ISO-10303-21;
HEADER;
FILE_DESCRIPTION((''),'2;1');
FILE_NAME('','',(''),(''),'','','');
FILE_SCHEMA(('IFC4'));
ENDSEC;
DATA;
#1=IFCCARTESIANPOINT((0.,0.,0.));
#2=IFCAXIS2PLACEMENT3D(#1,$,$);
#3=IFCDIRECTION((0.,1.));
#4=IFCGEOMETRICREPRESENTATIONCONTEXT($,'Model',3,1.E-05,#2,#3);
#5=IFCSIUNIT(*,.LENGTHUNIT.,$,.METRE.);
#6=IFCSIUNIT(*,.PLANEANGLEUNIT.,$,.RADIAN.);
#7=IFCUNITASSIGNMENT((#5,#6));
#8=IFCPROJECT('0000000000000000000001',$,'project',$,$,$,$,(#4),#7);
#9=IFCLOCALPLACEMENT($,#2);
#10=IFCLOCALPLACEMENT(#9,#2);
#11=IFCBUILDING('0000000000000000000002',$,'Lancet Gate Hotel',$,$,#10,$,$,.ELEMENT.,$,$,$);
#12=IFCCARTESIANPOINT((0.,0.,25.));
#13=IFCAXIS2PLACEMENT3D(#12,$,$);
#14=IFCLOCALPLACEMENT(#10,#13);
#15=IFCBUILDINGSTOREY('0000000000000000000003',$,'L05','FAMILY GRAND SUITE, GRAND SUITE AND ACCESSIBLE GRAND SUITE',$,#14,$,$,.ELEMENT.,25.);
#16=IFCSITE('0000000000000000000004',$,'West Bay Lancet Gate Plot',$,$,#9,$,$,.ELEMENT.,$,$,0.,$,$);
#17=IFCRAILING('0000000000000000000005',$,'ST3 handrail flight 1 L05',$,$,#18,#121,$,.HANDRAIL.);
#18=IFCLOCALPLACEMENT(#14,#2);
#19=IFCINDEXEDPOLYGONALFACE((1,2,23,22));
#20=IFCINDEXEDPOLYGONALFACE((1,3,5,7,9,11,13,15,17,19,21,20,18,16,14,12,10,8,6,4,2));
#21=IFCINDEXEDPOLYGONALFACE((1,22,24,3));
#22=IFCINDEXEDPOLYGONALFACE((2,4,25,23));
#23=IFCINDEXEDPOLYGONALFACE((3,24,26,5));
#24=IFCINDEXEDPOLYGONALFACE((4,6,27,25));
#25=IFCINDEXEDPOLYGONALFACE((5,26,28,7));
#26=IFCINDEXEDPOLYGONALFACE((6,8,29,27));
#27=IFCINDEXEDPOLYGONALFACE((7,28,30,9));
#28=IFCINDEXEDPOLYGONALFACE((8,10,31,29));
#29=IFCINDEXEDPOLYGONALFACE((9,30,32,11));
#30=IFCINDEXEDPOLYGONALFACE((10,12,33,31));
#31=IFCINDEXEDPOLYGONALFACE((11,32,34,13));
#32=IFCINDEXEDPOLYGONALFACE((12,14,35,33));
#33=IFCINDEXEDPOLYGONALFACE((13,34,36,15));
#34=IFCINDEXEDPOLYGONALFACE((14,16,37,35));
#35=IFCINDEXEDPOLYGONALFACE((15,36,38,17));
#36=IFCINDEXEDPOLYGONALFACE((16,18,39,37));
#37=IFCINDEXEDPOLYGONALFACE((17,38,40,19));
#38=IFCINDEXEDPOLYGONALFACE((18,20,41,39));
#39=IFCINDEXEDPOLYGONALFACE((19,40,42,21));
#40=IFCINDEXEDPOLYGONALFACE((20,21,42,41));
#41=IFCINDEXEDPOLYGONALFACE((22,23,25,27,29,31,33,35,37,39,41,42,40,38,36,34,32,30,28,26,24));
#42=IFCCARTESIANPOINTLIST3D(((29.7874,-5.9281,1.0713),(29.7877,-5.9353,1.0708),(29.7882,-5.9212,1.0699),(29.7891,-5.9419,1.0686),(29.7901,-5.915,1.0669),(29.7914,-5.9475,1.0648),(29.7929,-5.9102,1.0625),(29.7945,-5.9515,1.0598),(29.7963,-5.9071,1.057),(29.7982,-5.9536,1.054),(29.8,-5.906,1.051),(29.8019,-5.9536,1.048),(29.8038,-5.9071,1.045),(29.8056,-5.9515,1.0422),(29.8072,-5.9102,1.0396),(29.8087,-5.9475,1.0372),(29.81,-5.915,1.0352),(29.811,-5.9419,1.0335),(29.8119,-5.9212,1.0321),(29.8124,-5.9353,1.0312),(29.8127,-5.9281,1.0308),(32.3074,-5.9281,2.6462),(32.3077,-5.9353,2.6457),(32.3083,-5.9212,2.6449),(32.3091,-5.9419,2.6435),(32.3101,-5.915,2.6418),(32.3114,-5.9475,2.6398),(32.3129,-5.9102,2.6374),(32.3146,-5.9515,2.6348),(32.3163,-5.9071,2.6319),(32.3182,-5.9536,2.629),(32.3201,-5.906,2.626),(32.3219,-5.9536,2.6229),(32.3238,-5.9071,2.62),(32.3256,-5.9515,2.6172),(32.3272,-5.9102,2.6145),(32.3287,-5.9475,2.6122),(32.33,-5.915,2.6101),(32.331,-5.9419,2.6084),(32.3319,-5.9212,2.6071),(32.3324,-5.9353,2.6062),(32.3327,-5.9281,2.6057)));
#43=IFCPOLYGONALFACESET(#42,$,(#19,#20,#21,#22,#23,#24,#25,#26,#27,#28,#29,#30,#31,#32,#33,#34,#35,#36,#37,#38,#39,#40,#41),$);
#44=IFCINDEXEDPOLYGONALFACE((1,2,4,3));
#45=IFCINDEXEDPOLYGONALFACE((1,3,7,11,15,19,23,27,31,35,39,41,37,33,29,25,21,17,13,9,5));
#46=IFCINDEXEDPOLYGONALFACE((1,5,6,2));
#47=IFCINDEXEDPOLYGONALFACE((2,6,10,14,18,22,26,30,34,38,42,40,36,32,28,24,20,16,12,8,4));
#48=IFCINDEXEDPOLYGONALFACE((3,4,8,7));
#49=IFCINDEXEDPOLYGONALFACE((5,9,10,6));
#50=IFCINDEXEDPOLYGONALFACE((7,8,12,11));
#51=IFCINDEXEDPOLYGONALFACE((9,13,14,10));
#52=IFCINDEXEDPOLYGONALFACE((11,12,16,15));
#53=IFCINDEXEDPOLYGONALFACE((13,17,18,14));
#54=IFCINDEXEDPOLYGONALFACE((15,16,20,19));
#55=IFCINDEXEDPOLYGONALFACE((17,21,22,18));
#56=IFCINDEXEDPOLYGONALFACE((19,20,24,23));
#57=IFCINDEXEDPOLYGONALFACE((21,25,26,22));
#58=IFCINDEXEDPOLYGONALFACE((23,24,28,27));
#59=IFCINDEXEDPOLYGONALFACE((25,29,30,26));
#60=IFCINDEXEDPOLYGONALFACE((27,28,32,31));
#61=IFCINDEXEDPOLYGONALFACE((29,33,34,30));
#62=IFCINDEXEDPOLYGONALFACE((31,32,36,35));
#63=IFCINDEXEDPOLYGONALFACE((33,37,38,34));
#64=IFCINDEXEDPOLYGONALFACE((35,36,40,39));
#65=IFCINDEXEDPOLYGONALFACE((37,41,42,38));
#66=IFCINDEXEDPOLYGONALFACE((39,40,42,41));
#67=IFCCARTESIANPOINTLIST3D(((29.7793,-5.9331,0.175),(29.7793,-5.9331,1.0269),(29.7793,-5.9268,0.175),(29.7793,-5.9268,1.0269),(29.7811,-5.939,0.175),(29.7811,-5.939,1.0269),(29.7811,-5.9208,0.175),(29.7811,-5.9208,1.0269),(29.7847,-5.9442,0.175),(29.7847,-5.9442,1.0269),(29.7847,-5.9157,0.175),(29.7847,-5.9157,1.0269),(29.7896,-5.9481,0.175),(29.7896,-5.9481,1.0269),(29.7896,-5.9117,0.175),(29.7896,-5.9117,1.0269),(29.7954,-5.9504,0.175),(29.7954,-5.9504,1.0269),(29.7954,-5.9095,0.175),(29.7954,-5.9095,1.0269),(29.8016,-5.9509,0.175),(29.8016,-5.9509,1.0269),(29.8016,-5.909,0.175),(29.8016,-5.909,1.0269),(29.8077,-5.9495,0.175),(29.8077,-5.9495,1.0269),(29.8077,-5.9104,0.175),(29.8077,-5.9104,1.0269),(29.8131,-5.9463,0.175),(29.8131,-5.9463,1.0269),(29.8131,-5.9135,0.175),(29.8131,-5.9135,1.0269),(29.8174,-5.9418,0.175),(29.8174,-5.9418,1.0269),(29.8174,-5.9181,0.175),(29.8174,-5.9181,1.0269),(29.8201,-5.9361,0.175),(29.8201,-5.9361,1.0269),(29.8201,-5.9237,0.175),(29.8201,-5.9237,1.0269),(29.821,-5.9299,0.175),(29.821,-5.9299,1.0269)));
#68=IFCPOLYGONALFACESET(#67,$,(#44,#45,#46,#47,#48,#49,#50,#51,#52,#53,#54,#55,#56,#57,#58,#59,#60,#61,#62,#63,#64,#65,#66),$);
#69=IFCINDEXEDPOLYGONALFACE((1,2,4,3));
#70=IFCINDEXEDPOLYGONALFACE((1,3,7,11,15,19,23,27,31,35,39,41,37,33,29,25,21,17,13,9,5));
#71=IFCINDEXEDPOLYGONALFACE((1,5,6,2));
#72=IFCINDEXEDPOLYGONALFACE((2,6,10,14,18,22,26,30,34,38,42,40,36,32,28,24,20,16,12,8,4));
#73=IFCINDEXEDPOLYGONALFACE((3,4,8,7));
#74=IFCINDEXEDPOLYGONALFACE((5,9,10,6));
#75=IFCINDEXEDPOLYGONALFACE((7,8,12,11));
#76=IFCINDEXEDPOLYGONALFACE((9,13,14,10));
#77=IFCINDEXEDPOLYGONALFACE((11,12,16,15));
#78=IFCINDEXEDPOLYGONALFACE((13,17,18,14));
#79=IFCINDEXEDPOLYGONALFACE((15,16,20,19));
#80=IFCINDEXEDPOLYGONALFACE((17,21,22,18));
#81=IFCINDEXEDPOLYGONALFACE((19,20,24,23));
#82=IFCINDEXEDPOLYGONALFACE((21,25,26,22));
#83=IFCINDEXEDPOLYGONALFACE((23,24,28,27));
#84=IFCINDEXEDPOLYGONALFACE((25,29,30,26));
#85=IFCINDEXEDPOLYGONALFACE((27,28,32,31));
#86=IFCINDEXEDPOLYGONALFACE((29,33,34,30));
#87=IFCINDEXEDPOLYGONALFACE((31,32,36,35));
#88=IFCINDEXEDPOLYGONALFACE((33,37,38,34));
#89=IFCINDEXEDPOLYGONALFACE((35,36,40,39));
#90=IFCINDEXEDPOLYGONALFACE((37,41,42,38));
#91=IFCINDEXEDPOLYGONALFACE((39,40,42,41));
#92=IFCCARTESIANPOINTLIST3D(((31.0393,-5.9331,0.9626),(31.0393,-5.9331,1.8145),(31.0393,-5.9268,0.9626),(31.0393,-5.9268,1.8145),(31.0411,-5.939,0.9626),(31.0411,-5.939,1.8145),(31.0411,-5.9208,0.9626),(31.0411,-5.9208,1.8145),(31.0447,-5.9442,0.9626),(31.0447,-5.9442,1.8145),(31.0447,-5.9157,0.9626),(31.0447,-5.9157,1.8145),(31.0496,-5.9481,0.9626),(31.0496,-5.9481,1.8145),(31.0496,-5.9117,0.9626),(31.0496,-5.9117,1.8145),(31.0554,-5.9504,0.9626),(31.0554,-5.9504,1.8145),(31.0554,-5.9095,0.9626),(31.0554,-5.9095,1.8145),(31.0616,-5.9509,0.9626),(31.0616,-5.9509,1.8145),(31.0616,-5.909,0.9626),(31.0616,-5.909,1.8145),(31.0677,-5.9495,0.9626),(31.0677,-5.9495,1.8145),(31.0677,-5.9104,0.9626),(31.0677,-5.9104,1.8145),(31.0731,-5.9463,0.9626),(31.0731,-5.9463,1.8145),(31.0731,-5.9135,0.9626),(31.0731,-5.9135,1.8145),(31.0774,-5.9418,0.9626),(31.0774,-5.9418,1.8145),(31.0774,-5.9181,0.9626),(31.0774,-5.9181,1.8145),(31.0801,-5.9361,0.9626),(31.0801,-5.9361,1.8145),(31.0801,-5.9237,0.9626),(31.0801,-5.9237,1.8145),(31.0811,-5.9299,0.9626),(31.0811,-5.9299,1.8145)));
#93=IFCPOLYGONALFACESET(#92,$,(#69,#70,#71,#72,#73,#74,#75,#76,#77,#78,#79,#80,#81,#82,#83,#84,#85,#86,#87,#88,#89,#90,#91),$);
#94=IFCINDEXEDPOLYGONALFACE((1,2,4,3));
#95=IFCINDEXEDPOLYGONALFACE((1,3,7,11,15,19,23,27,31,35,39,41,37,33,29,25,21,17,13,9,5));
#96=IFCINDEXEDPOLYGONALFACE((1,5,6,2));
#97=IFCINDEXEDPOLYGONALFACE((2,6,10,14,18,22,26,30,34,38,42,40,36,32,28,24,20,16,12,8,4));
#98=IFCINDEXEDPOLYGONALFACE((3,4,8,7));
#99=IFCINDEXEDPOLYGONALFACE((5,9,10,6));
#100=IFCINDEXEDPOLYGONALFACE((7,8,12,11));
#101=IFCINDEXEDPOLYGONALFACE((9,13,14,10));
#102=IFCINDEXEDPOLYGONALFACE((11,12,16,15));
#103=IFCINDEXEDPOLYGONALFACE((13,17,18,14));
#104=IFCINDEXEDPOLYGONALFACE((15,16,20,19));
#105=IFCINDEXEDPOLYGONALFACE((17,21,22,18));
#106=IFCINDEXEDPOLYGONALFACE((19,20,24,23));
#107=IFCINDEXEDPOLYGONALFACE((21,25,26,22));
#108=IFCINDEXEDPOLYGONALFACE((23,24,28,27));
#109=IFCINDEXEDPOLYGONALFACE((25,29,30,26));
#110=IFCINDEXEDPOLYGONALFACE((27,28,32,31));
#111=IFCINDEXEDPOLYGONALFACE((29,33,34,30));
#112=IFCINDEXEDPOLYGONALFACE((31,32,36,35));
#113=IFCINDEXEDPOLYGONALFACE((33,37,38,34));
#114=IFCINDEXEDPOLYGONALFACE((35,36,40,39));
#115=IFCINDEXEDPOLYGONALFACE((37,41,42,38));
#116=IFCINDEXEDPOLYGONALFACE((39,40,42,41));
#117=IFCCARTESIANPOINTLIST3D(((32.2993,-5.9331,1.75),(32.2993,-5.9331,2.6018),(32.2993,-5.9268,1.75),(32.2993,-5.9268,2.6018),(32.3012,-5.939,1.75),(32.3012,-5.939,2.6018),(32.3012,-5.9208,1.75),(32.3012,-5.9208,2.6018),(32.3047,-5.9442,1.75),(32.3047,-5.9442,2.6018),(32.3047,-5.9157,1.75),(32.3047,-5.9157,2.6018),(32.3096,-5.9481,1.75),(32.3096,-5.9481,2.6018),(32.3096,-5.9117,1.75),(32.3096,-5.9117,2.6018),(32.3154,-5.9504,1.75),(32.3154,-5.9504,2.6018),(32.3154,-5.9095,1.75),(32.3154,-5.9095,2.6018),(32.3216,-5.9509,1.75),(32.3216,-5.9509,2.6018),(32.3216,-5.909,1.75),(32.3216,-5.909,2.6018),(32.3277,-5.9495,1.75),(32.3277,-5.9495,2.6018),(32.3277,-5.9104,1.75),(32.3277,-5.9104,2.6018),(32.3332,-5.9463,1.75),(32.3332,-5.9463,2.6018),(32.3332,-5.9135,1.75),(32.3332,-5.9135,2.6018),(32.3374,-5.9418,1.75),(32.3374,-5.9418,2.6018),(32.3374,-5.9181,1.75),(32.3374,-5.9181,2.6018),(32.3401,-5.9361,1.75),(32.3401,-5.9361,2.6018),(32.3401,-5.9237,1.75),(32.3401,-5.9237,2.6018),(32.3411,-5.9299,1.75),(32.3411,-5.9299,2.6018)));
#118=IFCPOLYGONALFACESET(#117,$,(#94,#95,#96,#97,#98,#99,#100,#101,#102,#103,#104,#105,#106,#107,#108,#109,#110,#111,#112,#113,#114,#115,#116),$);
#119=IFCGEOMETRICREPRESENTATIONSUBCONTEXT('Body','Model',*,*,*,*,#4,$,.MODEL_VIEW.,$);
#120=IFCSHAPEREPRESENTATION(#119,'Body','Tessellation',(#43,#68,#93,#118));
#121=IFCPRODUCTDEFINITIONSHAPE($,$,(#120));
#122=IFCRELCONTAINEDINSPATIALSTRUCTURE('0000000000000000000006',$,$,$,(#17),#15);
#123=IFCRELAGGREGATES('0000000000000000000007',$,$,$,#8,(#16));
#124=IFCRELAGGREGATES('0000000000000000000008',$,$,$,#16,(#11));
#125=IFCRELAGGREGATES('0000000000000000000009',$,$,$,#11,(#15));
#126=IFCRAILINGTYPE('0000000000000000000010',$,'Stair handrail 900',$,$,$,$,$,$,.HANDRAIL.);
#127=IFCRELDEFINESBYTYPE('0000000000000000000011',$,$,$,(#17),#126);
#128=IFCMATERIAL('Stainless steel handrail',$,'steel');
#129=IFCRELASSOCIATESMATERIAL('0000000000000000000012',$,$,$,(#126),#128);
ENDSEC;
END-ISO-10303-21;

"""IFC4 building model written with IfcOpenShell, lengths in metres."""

from ifc_helpers import new_model, si_unit, direction, frame, origin, origin_2d, place, context, subcontext, project, spatial, circle, extrude, material, type_object, element, save


model = new_model("IFC4")

# Units and contexts
model_context = context("Model", 3, precision=1e-05, world=origin(), true_north=direction((0.0, 1.0)))
body_context = subcontext(model_context, "Body", "Model", "MODEL_VIEW")
ifc_project = project(units=[si_unit("LENGTHUNIT", "METRE"), si_unit("PLANEANGLEUNIT", "RADIAN")], contexts=[model_context])

# Site, building, storey
site_placement = place(None, origin())
site = spatial("IfcSite", under=ifc_project, at=site_placement, Name="West Bay Lancet Gate Plot", CompositionType="ELEMENT", RefElevation=0.0)
building_placement = place(site_placement, origin())
building = spatial("IfcBuilding", under=site, at=building_placement, Name="Lancet Gate Hotel", CompositionType="ELEMENT")
storey_placement = place(building_placement, frame((0.0, 0.0, 25.0)))
storey = spatial("IfcBuildingStorey", under=building, at=storey_placement, Name="L05", Description="FAMILY GRAND SUITE, GRAND SUITE AND ACCESSIBLE GRAND SUITE", CompositionType="ELEMENT", Elevation=25.0)

# Railing
ifc_material_1 = material(Name="Stainless steel handrail", Category="steel")
railing_type = type_object("IfcRailingType", Name="Stair handrail 900", PredefinedType="HANDRAIL", material=ifc_material_1)
railing_1_placement = place(storey_placement, frame((29.8, -5.9299, 0.175)))
element("IfcRailing", 1, at=railing_1_placement, inside=storey, type_object=railing_type, Name="ST3 handrail flight 1 L05", PredefinedType="HANDRAIL", context=body_context, shape_type="SweptSolid", body=[
    extrude(circle(Radius=0.0239, at=origin_2d()), frame((0.0, 0.0, 0.876), z_axis=(0.848008, 0.0, 0.529984), x_axis=(0.0, 1.0, 0.0)), (0.0, 0.0, 1.0), 2.9717),
    extrude(circle(Radius=0.021, at=origin_2d()), origin(), (0.0, 0.0, 1.0), 0.8518),
    extrude(circle(Radius=0.021, at=origin_2d()), frame((1.26, 0.0, 0.7876)), (0.0, 0.0, 1.0), 0.8518),
    extrude(circle(Radius=0.021, at=origin_2d()), frame((2.52, 0.0, 1.575)), (0.0, 0.0, 1.0), 0.8518),
])

save(model, "model.ifc")
